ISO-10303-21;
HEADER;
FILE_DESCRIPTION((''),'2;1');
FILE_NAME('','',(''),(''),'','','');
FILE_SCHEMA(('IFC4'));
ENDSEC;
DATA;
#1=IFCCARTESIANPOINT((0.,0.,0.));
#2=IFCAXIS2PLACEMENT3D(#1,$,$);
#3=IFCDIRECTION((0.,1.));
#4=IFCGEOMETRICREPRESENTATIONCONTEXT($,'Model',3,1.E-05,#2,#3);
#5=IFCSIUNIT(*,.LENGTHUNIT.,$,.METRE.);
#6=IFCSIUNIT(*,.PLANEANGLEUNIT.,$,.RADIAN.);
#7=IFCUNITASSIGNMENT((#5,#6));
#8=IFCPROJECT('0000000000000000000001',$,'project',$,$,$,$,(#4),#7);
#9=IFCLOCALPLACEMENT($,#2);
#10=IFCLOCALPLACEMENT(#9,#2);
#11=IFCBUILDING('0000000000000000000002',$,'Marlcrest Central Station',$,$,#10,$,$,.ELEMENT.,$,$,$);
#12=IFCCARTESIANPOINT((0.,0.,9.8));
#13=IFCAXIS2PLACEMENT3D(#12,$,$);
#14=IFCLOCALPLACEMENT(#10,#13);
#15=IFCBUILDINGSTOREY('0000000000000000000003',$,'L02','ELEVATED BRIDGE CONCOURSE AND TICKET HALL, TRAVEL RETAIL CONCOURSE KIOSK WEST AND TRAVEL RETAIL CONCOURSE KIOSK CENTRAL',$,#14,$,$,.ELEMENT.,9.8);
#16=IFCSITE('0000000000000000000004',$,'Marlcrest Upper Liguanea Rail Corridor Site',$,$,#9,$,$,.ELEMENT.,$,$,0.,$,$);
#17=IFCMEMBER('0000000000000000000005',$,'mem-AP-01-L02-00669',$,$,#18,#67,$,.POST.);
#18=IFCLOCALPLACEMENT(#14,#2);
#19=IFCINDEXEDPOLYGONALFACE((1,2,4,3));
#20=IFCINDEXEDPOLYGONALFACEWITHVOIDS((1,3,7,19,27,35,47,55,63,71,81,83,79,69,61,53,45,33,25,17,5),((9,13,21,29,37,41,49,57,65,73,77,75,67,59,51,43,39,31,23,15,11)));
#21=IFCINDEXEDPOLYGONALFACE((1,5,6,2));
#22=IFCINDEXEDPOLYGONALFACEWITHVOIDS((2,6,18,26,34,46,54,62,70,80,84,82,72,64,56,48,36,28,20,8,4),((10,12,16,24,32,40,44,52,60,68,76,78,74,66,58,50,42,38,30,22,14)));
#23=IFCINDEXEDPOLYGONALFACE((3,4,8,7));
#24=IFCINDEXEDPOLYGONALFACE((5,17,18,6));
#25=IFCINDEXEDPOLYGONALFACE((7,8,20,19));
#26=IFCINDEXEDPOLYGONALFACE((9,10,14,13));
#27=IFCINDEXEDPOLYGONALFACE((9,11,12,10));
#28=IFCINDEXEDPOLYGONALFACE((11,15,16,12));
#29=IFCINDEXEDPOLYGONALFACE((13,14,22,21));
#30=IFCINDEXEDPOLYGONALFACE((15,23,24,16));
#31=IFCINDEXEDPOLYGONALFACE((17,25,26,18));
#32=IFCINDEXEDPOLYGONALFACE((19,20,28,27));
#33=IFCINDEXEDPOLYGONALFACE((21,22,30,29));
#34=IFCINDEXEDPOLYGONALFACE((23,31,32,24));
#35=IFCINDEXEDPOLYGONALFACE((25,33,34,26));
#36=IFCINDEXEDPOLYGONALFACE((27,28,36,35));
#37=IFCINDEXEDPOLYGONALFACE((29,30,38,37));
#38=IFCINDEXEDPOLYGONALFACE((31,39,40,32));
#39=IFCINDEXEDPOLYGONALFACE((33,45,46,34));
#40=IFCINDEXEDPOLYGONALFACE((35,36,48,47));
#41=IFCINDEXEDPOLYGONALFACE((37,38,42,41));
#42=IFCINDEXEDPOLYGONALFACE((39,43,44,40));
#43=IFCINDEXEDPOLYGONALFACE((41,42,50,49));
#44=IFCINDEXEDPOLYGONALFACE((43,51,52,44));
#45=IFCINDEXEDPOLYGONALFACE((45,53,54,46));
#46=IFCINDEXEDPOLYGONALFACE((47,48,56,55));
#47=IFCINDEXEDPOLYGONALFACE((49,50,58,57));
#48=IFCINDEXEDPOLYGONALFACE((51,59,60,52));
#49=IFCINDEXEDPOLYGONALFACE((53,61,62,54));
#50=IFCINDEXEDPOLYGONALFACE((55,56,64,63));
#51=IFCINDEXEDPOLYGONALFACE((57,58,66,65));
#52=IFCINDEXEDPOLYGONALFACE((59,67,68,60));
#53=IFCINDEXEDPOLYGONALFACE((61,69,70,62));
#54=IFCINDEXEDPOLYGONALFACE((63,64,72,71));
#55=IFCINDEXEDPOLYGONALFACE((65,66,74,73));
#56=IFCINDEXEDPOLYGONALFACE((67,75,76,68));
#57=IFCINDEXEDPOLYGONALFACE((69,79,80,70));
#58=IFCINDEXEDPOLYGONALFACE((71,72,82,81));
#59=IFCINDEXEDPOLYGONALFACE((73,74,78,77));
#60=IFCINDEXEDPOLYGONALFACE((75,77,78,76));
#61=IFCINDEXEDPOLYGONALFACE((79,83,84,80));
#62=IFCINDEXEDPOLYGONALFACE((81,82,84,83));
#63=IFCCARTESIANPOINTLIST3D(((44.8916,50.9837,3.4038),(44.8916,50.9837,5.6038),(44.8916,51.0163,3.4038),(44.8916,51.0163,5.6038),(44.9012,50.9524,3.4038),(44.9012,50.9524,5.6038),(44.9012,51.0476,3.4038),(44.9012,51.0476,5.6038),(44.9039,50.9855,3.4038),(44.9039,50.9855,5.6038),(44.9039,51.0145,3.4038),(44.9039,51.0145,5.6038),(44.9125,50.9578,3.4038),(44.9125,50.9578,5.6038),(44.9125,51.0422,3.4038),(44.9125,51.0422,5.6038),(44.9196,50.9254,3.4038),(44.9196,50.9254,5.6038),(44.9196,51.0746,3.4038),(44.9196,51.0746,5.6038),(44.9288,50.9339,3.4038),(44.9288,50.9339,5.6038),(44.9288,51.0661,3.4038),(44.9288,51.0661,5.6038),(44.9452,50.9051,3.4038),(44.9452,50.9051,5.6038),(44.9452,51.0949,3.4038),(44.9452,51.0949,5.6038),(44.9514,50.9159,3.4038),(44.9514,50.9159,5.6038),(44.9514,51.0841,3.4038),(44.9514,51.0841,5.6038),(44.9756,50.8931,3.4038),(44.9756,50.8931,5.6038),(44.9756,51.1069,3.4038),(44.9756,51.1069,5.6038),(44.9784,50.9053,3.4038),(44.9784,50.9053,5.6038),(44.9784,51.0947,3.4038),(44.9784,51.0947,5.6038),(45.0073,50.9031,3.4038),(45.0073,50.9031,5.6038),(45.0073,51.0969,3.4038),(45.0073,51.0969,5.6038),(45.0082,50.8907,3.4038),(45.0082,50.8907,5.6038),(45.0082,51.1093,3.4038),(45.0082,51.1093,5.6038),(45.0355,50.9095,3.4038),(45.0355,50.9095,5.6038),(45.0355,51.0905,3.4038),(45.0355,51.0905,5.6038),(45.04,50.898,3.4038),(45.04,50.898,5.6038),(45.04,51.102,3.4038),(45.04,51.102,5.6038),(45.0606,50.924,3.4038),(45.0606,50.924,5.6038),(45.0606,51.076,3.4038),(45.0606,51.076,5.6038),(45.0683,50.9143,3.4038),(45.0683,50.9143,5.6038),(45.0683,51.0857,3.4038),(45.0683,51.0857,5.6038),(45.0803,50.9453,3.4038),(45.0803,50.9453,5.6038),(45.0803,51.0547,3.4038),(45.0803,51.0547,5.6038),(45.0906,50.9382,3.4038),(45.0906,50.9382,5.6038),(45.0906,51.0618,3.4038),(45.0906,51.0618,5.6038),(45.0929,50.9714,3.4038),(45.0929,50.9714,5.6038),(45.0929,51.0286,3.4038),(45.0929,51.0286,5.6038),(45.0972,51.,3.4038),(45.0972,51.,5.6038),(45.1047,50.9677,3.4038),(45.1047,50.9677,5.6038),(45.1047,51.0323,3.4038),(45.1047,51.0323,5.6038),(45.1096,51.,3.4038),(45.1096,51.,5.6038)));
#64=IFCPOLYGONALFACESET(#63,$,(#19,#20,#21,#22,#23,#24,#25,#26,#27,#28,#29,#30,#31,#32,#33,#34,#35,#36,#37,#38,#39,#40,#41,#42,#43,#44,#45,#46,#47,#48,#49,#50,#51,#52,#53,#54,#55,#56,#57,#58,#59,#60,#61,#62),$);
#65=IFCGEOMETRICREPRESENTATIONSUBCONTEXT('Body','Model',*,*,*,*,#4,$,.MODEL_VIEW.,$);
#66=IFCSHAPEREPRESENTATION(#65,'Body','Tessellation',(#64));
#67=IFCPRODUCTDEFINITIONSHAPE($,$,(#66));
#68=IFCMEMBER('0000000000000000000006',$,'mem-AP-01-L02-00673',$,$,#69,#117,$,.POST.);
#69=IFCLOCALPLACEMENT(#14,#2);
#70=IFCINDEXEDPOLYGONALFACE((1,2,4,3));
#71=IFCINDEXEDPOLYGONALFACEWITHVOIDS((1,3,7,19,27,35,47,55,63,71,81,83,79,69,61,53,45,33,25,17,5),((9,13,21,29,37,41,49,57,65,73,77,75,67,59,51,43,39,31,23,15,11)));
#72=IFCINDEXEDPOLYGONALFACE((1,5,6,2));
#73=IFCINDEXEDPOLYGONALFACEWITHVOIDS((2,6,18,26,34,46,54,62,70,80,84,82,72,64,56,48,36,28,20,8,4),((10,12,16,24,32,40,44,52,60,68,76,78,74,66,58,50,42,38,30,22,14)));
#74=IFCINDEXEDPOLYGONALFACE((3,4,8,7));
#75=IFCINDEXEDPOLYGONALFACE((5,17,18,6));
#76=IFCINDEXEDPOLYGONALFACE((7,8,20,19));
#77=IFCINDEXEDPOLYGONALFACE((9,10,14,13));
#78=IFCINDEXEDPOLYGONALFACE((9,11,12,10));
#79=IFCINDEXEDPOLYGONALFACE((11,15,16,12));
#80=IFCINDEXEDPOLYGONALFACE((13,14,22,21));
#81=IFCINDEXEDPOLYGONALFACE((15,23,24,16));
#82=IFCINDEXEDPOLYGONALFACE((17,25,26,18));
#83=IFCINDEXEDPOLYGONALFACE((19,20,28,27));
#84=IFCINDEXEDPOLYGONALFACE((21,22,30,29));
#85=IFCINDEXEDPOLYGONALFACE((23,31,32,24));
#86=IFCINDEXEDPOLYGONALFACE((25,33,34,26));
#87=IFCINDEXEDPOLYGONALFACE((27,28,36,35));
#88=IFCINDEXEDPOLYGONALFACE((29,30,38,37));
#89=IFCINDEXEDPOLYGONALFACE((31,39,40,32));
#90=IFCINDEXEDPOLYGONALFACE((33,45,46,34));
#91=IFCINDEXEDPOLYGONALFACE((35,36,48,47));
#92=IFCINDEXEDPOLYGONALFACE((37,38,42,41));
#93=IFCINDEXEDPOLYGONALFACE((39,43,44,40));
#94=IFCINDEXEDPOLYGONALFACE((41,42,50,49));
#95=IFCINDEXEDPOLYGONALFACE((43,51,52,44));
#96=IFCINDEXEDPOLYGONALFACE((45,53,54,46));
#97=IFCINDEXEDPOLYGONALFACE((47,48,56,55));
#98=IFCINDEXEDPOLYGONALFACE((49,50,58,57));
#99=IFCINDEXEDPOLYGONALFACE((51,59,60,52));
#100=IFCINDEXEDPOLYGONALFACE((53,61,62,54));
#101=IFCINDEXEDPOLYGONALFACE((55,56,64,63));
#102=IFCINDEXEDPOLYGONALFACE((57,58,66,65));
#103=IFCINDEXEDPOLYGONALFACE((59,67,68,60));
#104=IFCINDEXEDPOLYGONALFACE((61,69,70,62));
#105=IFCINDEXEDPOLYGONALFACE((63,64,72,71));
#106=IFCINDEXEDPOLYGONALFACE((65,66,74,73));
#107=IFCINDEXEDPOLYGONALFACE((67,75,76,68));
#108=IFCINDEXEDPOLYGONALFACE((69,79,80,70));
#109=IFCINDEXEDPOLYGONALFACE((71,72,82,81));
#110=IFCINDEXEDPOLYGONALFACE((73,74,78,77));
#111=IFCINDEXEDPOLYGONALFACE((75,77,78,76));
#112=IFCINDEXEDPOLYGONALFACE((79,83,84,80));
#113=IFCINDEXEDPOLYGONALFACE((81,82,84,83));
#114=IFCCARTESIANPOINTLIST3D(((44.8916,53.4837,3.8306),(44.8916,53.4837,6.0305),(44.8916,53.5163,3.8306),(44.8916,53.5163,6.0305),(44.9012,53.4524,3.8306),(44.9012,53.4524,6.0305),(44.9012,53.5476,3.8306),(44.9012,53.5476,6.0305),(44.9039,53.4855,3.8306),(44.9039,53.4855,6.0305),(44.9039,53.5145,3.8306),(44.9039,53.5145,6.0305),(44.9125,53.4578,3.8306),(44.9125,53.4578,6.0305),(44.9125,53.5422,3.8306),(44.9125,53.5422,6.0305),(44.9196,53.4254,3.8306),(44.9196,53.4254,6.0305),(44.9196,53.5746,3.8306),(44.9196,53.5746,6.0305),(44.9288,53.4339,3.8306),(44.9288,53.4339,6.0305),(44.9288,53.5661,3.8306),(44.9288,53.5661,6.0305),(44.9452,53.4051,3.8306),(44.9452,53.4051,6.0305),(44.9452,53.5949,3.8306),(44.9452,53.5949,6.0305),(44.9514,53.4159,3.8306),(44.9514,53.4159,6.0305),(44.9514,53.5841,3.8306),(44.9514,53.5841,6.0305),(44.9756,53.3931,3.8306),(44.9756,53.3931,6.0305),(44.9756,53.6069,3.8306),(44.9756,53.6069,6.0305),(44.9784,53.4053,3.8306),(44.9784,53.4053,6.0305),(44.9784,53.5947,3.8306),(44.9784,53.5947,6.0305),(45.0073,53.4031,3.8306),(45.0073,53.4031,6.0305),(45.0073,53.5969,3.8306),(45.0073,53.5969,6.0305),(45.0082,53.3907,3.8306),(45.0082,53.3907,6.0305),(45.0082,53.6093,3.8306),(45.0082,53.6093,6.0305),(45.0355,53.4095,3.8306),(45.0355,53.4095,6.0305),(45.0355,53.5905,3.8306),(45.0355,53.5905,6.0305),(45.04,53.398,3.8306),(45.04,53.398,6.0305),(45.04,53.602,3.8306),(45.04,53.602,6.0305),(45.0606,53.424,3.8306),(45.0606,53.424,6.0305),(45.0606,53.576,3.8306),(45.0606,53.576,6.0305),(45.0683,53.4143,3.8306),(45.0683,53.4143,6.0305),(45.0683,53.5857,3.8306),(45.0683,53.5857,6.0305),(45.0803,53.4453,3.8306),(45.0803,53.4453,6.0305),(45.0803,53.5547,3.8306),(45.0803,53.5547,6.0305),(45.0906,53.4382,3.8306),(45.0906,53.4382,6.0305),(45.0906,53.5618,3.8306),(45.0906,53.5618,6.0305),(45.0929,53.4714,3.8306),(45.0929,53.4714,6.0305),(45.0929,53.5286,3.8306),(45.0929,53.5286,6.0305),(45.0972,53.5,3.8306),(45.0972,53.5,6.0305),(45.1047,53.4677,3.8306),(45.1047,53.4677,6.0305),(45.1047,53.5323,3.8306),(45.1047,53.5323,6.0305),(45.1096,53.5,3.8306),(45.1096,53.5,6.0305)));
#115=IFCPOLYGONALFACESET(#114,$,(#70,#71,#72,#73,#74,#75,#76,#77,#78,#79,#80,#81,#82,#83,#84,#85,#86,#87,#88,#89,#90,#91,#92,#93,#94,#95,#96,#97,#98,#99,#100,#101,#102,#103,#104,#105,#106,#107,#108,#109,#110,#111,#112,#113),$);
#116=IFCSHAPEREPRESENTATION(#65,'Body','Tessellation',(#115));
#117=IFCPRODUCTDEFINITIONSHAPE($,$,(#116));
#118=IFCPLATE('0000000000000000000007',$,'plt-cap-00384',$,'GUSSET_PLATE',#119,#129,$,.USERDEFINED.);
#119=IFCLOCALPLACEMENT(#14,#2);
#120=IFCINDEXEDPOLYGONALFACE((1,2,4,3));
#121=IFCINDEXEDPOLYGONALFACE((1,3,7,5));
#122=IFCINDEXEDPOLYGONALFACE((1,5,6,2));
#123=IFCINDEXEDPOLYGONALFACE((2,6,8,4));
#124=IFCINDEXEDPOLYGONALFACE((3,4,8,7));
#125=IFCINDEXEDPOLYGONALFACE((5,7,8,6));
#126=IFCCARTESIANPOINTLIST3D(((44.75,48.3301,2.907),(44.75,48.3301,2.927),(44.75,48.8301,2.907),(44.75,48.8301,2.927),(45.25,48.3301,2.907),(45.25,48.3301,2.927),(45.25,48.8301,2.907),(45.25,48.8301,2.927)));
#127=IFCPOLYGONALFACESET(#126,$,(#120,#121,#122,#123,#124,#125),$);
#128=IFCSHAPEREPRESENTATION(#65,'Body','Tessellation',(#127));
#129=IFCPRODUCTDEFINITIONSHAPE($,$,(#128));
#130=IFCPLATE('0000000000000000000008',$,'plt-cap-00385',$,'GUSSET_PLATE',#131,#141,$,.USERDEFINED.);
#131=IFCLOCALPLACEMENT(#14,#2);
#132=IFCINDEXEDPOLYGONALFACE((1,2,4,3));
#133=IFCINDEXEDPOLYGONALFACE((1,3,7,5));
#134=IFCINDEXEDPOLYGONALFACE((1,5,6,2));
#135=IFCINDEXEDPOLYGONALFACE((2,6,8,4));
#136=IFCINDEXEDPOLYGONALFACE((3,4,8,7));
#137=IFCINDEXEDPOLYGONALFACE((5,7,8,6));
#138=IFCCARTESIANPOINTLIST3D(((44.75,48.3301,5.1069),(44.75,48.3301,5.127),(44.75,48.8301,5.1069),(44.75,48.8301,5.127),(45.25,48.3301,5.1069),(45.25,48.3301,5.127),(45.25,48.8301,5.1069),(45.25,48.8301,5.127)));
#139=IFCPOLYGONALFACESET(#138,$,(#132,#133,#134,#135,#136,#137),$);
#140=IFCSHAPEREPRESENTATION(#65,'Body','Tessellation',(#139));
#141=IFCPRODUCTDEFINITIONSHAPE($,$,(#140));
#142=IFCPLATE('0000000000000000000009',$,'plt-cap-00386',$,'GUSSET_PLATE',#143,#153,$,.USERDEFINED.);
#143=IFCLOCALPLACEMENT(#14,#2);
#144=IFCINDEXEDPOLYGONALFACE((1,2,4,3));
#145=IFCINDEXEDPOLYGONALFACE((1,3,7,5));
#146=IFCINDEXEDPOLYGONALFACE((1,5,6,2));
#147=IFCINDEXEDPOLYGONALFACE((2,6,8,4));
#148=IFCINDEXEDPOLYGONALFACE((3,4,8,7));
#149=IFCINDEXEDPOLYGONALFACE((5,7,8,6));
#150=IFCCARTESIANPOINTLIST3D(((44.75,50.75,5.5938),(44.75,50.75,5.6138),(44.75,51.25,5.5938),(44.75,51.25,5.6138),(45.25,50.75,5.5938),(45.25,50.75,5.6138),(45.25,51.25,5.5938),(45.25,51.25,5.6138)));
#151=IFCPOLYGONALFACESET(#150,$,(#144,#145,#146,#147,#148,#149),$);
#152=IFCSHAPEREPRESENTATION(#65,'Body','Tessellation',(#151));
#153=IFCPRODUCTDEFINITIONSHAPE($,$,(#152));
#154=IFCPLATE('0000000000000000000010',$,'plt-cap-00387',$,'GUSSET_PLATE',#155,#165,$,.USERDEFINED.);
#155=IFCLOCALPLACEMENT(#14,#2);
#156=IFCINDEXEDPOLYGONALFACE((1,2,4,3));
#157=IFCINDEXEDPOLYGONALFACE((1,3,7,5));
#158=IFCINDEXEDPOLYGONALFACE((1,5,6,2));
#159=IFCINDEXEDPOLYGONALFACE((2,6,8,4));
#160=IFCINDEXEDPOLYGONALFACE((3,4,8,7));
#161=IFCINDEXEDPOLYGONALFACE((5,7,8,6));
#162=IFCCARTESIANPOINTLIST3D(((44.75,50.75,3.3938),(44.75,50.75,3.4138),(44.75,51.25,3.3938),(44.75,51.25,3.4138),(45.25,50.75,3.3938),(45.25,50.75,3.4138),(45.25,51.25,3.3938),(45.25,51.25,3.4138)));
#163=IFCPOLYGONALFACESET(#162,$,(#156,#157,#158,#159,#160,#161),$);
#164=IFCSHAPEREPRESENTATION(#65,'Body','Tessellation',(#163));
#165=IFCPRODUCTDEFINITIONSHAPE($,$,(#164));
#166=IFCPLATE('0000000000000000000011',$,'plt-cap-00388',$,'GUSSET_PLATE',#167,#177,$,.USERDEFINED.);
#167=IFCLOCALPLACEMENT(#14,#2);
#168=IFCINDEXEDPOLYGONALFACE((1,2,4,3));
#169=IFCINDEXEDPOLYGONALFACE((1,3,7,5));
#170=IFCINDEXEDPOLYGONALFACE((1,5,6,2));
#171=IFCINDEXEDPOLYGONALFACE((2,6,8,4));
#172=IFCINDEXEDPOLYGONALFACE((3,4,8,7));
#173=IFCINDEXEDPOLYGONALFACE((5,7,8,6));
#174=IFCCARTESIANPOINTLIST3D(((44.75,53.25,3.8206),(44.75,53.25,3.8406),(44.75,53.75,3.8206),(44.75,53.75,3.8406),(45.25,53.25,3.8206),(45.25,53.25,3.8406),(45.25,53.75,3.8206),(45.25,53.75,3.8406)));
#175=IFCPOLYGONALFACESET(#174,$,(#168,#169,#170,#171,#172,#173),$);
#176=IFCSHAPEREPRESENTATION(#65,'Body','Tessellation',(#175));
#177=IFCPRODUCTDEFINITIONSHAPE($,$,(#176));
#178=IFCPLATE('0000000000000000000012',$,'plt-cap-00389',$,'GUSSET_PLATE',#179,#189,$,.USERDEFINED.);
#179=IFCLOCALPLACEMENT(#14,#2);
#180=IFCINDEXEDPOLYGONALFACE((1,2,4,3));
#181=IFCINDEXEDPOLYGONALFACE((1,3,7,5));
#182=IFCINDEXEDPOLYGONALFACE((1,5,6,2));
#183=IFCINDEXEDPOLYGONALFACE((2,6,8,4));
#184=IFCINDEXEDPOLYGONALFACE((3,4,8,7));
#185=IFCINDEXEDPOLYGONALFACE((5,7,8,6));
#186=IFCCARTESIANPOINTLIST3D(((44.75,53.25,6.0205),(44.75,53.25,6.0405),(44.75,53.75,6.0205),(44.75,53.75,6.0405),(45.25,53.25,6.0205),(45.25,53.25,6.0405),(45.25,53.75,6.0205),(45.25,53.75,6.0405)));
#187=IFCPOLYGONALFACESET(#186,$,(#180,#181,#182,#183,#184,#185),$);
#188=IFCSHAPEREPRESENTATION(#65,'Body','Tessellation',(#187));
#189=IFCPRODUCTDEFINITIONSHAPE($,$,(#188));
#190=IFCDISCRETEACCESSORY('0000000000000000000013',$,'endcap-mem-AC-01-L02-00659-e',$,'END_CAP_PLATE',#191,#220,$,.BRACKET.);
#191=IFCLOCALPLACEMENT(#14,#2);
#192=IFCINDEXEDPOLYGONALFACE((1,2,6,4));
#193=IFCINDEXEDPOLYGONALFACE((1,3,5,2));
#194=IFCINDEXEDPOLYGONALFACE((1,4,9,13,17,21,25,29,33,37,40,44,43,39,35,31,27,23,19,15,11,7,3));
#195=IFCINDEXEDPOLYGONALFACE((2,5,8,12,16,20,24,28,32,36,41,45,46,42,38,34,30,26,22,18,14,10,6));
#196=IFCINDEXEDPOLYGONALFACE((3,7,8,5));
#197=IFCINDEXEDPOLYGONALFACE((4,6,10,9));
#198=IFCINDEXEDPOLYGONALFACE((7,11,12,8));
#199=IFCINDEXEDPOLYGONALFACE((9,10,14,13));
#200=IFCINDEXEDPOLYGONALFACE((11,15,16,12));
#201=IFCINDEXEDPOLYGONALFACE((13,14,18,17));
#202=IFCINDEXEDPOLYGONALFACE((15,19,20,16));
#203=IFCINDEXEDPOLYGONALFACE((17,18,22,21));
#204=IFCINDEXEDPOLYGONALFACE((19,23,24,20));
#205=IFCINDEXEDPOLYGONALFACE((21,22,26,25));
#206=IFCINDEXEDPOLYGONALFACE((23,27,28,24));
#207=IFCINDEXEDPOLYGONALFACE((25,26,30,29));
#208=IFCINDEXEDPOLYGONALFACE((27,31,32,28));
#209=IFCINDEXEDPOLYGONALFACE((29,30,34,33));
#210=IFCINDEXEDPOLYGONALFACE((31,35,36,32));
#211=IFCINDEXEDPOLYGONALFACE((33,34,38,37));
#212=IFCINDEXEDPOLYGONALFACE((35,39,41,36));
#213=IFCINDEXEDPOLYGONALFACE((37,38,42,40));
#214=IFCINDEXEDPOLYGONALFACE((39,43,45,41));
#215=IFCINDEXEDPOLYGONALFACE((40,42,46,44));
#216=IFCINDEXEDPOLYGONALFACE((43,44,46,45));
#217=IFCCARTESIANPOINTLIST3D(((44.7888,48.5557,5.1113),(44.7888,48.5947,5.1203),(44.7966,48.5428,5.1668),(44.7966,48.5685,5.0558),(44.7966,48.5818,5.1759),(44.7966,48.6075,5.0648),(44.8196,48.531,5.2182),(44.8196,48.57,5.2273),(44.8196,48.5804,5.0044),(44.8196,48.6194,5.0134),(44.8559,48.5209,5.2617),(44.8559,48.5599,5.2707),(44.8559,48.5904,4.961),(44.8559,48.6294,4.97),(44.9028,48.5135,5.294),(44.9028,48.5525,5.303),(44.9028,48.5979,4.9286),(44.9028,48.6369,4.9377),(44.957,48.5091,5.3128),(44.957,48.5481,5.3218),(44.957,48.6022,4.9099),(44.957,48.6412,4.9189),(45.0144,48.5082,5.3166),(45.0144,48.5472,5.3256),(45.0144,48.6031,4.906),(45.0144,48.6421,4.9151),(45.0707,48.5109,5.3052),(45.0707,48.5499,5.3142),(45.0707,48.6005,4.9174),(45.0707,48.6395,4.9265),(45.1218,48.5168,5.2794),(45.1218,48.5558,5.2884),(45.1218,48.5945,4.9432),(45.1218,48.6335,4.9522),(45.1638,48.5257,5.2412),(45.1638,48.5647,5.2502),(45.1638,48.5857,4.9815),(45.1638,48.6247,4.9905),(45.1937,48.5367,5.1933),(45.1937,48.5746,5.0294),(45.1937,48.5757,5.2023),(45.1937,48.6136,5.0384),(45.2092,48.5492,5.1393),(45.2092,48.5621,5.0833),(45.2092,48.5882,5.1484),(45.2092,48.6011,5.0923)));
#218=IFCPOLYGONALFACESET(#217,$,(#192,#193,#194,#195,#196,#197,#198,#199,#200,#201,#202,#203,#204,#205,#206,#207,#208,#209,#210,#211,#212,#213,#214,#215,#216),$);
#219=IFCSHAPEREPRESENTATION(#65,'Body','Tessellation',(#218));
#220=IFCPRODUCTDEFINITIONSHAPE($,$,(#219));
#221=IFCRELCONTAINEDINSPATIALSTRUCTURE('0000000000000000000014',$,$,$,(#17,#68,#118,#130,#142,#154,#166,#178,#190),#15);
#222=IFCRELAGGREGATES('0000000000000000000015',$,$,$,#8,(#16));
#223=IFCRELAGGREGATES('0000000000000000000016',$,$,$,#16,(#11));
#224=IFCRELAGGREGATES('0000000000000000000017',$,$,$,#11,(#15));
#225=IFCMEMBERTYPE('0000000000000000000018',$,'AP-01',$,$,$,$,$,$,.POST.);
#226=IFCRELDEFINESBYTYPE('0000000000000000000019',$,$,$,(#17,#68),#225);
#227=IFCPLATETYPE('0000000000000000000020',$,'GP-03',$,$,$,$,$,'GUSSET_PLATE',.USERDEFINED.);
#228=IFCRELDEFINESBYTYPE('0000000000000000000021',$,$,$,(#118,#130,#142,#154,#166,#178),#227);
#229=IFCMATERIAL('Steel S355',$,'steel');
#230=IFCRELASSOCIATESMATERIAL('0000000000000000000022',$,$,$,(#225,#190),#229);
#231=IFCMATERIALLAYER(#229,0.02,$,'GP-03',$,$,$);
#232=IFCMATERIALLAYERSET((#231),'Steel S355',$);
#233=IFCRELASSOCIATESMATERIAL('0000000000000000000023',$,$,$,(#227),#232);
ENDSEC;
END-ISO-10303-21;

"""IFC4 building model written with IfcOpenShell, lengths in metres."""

from ifc_helpers import new_model, si_unit, direction, frame, origin, origin_2d, place, context, subcontext, project, spatial, rectangle, circle, hollow_circle, extrude, material, layer, layer_set, material_profile, profile_set, type_object, element, save


model = new_model("IFC4")

# Units and contexts
model_context = context("Model", 3, precision=1e-05, world=origin(), true_north=direction((0.0, 1.0)))
body_context = subcontext(model_context, "Body", "Model", "MODEL_VIEW")
ifc_project = project(units=[si_unit("LENGTHUNIT", "METRE"), si_unit("PLANEANGLEUNIT", "RADIAN")], contexts=[model_context])

# Site, building, storey
site_placement = place(None, origin())
site = spatial("IfcSite", under=ifc_project, at=site_placement, Name="Marlcrest Upper Liguanea Rail Corridor Site", CompositionType="ELEMENT", RefElevation=0.0)
building_placement = place(site_placement, origin())
building = spatial("IfcBuilding", under=site, at=building_placement, Name="Marlcrest Central Station", CompositionType="ELEMENT")
storey_placement = place(building_placement, frame((0.0, 0.0, 9.8)))
storey = spatial("IfcBuildingStorey", under=building, at=storey_placement, Name="L02", Description="ELEVATED BRIDGE CONCOURSE AND TICKET HALL, TRAVEL RETAIL CONCOURSE KIOSK WEST AND TRAVEL RETAIL CONCOURSE KIOSK CENTRAL", CompositionType="ELEMENT", Elevation=9.8)

# Members
ifc_material = material(Name="Steel S355", Category="steel")
ifc_material_profile_1 = material_profile(ifc_material, hollow_circle(Radius=0.1096, WallThickness=0.0125, at=origin_2d()), Name="CHS 219.1x12.5")
ifc_profile_set_1 = profile_set([ifc_material_profile_1], Name="Steel S355")
member_type_1 = type_object("IfcMemberType", Name="AP-01", PredefinedType="POST", material=ifc_profile_set_1)
for number, where, z_axis, x_axis, name in (
    (1, (45.0, 51.0, 3.4038), (0.0, 0.0, 1.0), (1.0, 0.0, 0.0), "mem-AP-01-L02-00669"),
    (2, (45.0, 53.5, 3.8306), (0.0, 0.0, 1.0), (1.0, 0.0, 0.0), "mem-AP-01-L02-00673"),
):
    element("IfcMember", number, at=place(storey_placement, frame(where, z_axis=z_axis, x_axis=x_axis)), inside=storey, type_object=member_type_1, Name=name, PredefinedType="POST", context=body_context, shape_type="SweptSolid", body=[
        extrude(hollow_circle(Radius=0.1096, WallThickness=0.0125, at=origin_2d()), origin(), (0.0, 0.0, 1.0), 2.2),
    ])

# Plates
ifc_layer = layer(ifc_material, 0.02, Name="GP-03")
ifc_layer_set = layer_set([ifc_layer], Name="Steel S355")
plate_type = type_object("IfcPlateType", Name="GP-03", ElementType="GUSSET_PLATE", PredefinedType="USERDEFINED", material=ifc_layer_set)
for number, where, z_axis, x_axis, name in (
    (3, (45.0, 48.5801, 2.907), (0.0, 0.0, 1.0), (1.0, 0.0, 0.0), "plt-cap-00384"),
    (4, (45.0, 48.5801, 5.1069), (0.0, 0.0, 1.0), (1.0, 0.0, 0.0), "plt-cap-00385"),
    (5, (45.0, 51.0, 5.5938), (0.0, 0.0, 1.0), (1.0, 0.0, 0.0), "plt-cap-00386"),
    (6, (45.0, 51.0, 3.3938), (0.0, 0.0, 1.0), (1.0, 0.0, 0.0), "plt-cap-00387"),
    (7, (45.0, 53.5, 3.8206), (0.0, 0.0, 1.0), (1.0, 0.0, 0.0), "plt-cap-00388"),
    (8, (45.0, 53.5, 6.0205), (0.0, 0.0, 1.0), (1.0, 0.0, 0.0), "plt-cap-00389"),
):
    element("IfcPlate", number, at=place(storey_placement, frame(where, z_axis=z_axis, x_axis=x_axis)), inside=storey, type_object=plate_type, Name=name, ObjectType="GUSSET_PLATE", PredefinedType="USERDEFINED", context=body_context, shape_type="SweptSolid", body=[
        extrude(rectangle(XDim=0.5, YDim=0.5, at=origin_2d()), origin(), (0.0, 0.0, 1.0), 0.02),
    ])

# Discrete accessory
discrete_accessory_1_placement = place(storey_placement, frame((45.0, 48.5557, 5.1113), z_axis=(0.0, 0.97433, 0.225126), x_axis=(-1.0, 0.0, 0.0)))
element("IfcDiscreteAccessory", 9, at=discrete_accessory_1_placement, inside=storey, material=ifc_material, Name="endcap-mem-AC-01-L02-00659-e", ObjectType="END_CAP_PLATE", PredefinedType="BRACKET", context=body_context, shape_type="SweptSolid", body=[
    extrude(circle(Radius=0.2112, at=origin_2d()), origin(), (0.0, 0.0, 1.0), 0.04),
])

save(model, "model.ifc")
